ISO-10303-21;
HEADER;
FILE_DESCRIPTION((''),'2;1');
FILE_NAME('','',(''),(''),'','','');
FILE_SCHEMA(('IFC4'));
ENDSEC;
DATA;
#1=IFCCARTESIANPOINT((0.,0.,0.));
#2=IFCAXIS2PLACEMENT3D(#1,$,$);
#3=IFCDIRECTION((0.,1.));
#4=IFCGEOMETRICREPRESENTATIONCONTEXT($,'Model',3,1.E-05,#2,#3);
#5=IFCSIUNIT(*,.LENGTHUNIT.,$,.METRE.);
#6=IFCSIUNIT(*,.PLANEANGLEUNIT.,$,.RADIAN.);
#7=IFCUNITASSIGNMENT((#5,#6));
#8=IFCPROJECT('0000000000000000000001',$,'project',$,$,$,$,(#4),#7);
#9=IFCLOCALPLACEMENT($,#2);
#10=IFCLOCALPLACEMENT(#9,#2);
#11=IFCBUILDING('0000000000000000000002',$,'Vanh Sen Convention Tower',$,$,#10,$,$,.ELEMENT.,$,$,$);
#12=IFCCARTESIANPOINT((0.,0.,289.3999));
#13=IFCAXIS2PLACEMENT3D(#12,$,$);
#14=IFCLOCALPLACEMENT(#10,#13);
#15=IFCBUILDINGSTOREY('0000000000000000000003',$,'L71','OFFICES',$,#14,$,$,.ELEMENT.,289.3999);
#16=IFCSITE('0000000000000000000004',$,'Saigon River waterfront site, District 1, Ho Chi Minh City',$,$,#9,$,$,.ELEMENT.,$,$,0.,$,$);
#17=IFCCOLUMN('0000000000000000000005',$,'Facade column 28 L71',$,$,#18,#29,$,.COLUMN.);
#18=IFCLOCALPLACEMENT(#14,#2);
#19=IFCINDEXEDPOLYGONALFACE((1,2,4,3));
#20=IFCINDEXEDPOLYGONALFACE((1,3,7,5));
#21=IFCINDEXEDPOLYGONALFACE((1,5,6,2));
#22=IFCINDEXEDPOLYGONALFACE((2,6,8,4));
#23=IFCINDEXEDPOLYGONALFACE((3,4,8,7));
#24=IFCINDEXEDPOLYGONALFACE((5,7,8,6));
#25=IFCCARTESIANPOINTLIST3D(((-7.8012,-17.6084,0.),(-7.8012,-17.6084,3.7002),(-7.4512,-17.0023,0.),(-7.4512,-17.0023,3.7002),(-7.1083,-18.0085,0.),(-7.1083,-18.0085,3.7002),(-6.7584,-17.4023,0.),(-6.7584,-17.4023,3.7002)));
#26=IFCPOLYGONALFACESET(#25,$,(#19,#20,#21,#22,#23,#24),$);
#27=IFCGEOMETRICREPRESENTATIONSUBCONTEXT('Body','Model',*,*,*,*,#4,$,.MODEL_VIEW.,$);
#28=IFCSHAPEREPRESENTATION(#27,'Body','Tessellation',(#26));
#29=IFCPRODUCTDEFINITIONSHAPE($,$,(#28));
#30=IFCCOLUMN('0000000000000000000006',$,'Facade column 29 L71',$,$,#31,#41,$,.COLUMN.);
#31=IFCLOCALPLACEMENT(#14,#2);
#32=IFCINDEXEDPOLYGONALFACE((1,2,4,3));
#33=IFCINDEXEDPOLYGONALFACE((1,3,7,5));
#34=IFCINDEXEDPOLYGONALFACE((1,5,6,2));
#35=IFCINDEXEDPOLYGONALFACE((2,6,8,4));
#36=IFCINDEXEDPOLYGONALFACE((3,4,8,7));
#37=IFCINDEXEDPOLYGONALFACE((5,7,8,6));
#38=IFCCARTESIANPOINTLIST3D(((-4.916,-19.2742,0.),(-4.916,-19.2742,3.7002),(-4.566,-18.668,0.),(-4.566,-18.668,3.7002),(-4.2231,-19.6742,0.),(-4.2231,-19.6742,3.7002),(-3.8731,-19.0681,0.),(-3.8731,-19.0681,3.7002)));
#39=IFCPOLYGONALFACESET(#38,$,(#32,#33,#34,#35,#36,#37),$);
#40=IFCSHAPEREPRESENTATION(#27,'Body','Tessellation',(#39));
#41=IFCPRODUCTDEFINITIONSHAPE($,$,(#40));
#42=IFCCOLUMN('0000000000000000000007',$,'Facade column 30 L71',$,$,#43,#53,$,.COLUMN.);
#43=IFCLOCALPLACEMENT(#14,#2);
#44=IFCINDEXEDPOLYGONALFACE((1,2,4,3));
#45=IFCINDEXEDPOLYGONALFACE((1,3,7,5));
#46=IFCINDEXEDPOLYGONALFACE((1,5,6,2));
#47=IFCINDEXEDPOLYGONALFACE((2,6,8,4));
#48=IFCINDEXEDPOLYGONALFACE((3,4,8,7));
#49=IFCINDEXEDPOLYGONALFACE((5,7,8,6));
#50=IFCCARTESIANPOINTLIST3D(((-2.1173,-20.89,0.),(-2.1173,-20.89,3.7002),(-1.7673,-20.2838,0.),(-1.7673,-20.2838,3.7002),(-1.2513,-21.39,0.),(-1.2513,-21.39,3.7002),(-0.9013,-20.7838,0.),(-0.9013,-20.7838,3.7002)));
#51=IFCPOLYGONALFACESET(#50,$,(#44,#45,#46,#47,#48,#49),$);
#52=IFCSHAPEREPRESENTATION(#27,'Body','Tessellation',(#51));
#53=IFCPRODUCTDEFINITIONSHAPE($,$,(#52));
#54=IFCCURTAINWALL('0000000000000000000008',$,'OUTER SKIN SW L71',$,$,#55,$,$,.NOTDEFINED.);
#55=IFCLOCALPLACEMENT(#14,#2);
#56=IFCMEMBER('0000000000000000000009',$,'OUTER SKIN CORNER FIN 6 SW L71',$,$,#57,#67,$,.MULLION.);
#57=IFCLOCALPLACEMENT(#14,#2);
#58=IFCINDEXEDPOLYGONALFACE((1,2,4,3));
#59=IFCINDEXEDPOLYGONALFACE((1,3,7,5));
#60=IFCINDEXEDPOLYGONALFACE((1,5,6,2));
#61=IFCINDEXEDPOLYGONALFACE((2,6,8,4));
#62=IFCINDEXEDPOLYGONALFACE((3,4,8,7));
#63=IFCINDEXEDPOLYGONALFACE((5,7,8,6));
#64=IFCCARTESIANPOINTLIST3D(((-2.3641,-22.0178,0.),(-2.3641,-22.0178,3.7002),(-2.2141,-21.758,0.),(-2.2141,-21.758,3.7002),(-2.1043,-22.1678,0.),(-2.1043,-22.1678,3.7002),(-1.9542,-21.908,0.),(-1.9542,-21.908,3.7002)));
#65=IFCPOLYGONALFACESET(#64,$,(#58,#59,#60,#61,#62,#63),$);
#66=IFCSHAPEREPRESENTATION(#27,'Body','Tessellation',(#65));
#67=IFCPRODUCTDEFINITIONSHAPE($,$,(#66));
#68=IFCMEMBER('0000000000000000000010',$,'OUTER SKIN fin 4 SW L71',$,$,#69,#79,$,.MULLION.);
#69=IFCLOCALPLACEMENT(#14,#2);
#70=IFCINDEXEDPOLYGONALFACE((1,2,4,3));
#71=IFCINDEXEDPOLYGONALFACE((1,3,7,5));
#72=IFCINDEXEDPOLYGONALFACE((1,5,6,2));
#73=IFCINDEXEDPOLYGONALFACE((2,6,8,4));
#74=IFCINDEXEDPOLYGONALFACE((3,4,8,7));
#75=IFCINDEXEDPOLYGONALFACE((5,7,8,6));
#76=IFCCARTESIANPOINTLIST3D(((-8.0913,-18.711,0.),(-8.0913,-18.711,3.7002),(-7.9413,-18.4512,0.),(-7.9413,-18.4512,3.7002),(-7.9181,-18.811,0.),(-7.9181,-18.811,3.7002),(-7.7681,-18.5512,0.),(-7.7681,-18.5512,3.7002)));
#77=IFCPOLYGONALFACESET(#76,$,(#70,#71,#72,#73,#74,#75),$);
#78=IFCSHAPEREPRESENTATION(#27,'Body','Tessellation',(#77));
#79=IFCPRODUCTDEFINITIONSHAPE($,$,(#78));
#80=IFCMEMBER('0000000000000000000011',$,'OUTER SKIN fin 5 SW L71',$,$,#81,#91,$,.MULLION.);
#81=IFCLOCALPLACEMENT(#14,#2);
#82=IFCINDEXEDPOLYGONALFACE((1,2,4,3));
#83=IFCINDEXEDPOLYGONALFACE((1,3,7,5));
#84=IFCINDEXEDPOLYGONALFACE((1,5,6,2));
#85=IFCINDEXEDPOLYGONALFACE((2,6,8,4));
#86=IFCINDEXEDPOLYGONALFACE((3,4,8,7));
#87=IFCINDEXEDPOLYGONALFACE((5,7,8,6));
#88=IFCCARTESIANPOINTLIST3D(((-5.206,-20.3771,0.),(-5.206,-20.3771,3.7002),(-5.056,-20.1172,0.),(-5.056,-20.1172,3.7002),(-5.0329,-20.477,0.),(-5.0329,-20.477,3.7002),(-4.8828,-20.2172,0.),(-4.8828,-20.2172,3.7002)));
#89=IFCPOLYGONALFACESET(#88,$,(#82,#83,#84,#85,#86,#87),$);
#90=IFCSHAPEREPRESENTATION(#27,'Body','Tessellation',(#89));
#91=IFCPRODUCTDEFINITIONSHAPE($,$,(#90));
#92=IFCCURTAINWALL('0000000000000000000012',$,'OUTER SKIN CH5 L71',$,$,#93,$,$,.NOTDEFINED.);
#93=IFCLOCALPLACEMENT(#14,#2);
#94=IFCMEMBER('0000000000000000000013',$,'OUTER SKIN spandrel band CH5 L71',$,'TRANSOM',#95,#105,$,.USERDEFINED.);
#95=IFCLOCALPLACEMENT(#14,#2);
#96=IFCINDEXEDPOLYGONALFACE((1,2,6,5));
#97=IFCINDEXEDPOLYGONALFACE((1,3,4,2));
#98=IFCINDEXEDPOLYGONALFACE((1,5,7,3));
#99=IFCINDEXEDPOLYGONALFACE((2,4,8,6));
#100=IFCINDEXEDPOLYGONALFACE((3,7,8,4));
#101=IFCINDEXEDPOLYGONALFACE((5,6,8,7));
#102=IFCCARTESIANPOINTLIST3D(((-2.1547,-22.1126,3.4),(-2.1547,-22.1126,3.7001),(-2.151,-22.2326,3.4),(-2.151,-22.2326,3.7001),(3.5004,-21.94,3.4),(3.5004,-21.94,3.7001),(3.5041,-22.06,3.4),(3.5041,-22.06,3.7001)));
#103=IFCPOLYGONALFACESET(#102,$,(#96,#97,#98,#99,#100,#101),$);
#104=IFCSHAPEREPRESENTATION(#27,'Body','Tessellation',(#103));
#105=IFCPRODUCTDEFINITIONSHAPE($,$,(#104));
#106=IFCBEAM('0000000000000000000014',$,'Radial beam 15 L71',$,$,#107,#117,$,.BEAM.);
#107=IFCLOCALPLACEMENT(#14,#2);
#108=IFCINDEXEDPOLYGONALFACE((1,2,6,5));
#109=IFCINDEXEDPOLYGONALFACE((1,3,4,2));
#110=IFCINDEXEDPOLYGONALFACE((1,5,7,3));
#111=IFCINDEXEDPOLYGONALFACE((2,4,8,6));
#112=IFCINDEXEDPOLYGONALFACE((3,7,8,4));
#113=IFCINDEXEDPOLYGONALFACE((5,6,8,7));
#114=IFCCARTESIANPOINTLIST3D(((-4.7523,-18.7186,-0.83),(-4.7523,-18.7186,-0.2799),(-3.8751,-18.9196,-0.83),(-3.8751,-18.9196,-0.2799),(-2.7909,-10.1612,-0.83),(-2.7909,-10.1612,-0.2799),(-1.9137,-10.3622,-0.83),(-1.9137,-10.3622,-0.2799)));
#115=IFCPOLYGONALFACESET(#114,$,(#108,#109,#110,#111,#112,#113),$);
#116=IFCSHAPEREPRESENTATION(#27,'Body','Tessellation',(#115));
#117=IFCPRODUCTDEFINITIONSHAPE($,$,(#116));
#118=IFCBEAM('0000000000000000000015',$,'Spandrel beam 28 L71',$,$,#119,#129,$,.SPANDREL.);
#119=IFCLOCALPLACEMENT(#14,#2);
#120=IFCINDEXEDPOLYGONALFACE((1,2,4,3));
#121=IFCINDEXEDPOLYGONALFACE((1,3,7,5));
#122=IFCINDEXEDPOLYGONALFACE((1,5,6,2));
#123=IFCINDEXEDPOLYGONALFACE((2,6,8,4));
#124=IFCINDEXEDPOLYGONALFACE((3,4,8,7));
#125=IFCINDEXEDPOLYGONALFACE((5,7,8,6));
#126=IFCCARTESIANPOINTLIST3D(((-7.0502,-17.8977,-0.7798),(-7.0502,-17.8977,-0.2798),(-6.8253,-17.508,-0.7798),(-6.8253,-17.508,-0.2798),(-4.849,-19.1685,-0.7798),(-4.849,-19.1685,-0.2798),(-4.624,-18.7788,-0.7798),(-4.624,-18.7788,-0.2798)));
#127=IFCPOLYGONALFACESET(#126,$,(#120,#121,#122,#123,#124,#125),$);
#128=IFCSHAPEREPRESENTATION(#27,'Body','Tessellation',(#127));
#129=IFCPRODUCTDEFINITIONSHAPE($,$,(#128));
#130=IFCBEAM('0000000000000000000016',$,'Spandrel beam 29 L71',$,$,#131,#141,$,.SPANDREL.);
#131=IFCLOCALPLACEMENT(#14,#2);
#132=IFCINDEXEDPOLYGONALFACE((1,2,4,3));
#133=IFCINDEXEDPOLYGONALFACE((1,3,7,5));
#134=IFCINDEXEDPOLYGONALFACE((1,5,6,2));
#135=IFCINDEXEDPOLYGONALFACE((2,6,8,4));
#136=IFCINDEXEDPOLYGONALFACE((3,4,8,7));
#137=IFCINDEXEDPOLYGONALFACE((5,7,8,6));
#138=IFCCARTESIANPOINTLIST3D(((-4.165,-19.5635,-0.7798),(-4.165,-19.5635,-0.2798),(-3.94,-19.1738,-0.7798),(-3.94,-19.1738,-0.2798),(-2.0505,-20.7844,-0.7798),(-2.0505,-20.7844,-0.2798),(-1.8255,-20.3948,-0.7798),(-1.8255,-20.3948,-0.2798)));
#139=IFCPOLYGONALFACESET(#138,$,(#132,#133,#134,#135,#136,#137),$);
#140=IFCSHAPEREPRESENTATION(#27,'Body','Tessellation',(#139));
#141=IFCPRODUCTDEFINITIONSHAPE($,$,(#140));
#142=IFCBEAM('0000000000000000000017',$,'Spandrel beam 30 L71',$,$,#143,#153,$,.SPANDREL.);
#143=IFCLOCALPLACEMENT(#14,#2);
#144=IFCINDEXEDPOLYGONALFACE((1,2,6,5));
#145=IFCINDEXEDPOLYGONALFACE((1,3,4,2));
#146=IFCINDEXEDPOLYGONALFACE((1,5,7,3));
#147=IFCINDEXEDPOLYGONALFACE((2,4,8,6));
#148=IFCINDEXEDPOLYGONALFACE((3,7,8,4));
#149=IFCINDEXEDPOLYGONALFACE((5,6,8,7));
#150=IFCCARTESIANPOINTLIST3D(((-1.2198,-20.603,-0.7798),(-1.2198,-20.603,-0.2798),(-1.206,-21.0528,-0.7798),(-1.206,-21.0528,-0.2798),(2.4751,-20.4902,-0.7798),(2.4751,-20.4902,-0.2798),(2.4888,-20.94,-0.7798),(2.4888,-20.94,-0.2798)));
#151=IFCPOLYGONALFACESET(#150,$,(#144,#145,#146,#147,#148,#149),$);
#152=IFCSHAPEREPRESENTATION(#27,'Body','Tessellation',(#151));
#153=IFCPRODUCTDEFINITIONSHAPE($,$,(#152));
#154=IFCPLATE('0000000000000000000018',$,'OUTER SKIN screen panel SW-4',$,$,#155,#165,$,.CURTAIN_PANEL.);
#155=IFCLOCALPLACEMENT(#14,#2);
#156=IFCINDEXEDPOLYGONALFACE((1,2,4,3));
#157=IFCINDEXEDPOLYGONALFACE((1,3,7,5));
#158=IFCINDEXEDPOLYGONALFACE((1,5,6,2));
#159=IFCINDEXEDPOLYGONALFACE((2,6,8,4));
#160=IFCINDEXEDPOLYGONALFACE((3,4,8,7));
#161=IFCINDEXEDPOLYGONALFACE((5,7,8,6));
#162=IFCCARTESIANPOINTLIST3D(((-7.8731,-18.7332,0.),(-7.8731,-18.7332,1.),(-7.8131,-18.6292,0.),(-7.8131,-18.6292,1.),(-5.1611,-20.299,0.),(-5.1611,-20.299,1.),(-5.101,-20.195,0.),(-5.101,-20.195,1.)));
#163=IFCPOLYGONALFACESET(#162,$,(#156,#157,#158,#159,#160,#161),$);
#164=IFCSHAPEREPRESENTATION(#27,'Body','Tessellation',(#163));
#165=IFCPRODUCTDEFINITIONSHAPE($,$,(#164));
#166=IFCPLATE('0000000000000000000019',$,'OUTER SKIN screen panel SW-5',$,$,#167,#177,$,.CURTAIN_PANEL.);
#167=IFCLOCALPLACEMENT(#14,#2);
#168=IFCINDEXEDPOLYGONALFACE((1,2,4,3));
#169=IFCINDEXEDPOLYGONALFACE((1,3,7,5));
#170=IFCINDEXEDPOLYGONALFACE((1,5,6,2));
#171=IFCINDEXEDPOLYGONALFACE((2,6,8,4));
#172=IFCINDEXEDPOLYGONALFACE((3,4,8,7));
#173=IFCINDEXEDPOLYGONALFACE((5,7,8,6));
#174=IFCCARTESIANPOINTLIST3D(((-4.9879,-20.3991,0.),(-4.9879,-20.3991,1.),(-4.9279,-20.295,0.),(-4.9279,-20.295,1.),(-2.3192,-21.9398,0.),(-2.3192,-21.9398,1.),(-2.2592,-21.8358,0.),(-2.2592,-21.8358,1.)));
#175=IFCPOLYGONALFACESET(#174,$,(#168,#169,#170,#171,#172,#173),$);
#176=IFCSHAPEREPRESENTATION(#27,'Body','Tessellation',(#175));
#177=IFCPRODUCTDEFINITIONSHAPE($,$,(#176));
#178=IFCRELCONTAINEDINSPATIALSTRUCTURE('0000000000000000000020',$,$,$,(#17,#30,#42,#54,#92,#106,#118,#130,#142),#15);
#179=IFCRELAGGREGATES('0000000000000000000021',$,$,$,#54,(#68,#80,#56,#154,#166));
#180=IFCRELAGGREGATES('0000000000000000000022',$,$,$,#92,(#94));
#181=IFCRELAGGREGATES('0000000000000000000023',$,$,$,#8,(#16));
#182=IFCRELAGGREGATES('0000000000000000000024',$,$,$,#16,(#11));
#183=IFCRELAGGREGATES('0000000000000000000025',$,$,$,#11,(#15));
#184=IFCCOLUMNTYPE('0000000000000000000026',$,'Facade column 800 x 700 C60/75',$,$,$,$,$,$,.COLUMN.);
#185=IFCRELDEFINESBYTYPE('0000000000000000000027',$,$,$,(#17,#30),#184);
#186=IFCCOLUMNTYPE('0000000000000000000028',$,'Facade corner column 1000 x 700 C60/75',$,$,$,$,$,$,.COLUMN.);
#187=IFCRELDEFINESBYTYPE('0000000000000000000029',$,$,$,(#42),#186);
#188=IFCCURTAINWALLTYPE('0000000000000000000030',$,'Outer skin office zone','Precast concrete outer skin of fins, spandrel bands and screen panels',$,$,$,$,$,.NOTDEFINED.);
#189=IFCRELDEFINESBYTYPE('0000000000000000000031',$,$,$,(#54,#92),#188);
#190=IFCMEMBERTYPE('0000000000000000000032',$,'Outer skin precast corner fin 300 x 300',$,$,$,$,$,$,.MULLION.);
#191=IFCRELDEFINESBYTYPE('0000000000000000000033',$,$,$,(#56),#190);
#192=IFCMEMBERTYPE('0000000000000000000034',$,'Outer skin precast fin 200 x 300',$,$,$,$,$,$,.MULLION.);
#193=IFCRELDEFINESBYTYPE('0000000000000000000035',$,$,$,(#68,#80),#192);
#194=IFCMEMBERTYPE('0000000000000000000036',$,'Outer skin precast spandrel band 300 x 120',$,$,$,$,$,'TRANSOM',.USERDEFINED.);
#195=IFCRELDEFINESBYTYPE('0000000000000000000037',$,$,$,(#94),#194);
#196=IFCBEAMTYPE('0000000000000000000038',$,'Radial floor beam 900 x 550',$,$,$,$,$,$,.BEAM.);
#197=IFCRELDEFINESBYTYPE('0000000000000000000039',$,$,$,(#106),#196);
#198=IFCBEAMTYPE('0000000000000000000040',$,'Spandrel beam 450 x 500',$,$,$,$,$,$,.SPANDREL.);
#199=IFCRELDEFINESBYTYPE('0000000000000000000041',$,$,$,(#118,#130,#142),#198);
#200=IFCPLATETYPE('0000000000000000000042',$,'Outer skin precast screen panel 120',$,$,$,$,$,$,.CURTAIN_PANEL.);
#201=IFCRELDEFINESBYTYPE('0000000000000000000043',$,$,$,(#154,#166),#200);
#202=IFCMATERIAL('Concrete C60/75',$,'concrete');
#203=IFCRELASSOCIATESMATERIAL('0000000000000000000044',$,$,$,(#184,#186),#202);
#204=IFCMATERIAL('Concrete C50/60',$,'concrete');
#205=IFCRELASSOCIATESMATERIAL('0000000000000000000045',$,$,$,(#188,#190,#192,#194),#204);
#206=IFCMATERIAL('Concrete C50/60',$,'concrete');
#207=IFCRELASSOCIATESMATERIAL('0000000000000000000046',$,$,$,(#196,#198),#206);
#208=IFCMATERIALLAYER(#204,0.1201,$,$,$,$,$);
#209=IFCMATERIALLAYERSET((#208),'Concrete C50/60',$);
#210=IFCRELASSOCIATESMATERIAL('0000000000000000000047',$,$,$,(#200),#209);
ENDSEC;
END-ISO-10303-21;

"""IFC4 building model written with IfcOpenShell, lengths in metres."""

from ifc_helpers import new_model, si_unit, direction, frame, origin, origin_2d, place, context, subcontext, project, spatial, rectangle, extrude, material, layer, layer_set, material_profile, profile_set, type_object, element, aggregate, save


model = new_model("IFC4")

# Units and contexts
model_context = context("Model", 3, precision=1e-05, world=origin(), true_north=direction((0.0, 1.0)))
body_context = subcontext(model_context, "Body", "Model", "MODEL_VIEW")
ifc_project = project(units=[si_unit("LENGTHUNIT", "METRE"), si_unit("PLANEANGLEUNIT", "RADIAN")], contexts=[model_context])

# Site, building, storey
site_placement = place(None, origin())
site = spatial("IfcSite", under=ifc_project, at=site_placement, Name="Saigon River waterfront site, District 1, Ho Chi Minh City", CompositionType="ELEMENT", RefElevation=0.0)
building_placement = place(site_placement, origin())
building = spatial("IfcBuilding", under=site, at=building_placement, Name="Vanh Sen Convention Tower", CompositionType="ELEMENT")
storey_placement = place(building_placement, frame((0.0, 0.0, 289.3999)))
storey = spatial("IfcBuildingStorey", under=building, at=storey_placement, Name="L71", Description="OFFICES", CompositionType="ELEMENT", Elevation=289.3999)

# Columns
ifc_material_1 = material(Name="Concrete C60/75", Category="concrete")
ifc_material_profile_1 = material_profile(ifc_material_1, rectangle(XDim=0.8, YDim=0.7, at=origin_2d()), Name="RC 800X700")
ifc_profile_set_1 = profile_set([ifc_material_profile_1], Name="Concrete C60/75")
column_type_1 = type_object("IfcColumnType", Name="Facade column 800 x 700 C60/75", PredefinedType="COLUMN", material=ifc_profile_set_1)
for number, where, z_axis, x_axis, name in (
    (1, (-7.2798, -17.5054, 0.0), (0.0, 0.0, 1.0), (0.866025, -0.5, 0.0), "Facade column 28 L71"),
    (2, (-4.3945, -19.1711, 0.0), (0.0, 0.0, 1.0), (0.866025, -0.5, 0.0), "Facade column 29 L71"),
):
    element("IfcColumn", number, at=place(storey_placement, frame(where, z_axis=z_axis, x_axis=x_axis)), inside=storey, type_object=column_type_1, Name=name, PredefinedType="COLUMN", context=body_context, shape_type="SweptSolid", body=[
        extrude(rectangle(XDim=0.8, YDim=0.7, at=origin_2d()), origin(), (0.0, 0.0, 1.0), 3.7002),
    ])
ifc_material_profile_2 = material_profile(ifc_material_1, rectangle(XDim=1.0, YDim=0.7, at=origin_2d()), Name="RC 1000X700")
ifc_profile_set_2 = profile_set([ifc_material_profile_2], Name="Concrete C60/75")
column_type_2 = type_object("IfcColumnType", Name="Facade corner column 1000 x 700 C60/75", PredefinedType="COLUMN", material=ifc_profile_set_2)
column_placement = place(storey_placement, frame((-1.5093, -20.8369, 0.0), z_axis=(0.0, 0.0, 1.0), x_axis=(0.866025, -0.5, 0.0)))
element("IfcColumn", 3, at=column_placement, inside=storey, type_object=column_type_2, Name="Facade column 30 L71", PredefinedType="COLUMN", context=body_context, shape_type="SweptSolid", body=[
    extrude(rectangle(XDim=1.0, YDim=0.7, at=origin_2d()), origin(), (0.0, 0.0, 1.0), 3.7002),
])

# Curtain wall, members
ifc_material_2 = material(Name="Concrete C50/60", Category="concrete")
curtain_wall_type = type_object("IfcCurtainWallType", Name="Outer skin office zone", Description="Precast concrete outer skin of fins, spandrel bands and screen panels", PredefinedType="NOTDEFINED", material=ifc_material_2)
curtain_wall_1_placement = place(storey_placement, origin())
curtain_wall_1 = element("IfcCurtainWall", 4, at=curtain_wall_1_placement, inside=storey, type_object=curtain_wall_type, Name="OUTER SKIN SW L71", PredefinedType="NOTDEFINED")
ifc_material_profile_3 = material_profile(ifc_material_2, rectangle(XDim=0.3, YDim=0.3, at=origin_2d()), Name="Outer skin precast corner fin 300 x 300")
ifc_profile_set_3 = profile_set([ifc_material_profile_3], Name="Concrete C50/60")
member_type_1 = type_object("IfcMemberType", Name="Outer skin precast corner fin 300 x 300", PredefinedType="MULLION", material=ifc_profile_set_3)
member_1_placement = place(storey_placement, frame((-2.1592, -21.9629, 0.0), z_axis=(0.0, 0.0, 1.0), x_axis=(0.866025, -0.5, 0.0)))
member_1 = element("IfcMember", 5, at=member_1_placement, type_object=member_type_1, Name="OUTER SKIN CORNER FIN 6 SW L71", PredefinedType="MULLION", context=body_context, shape_type="SweptSolid", body=[
    extrude(rectangle(XDim=0.3, YDim=0.3, at=origin_2d()), origin(), (0.0, 0.0, 1.0), 3.7002),
])
ifc_material_profile_4 = material_profile(ifc_material_2, rectangle(XDim=0.2, YDim=0.3, at=origin_2d()), Name="Outer skin precast fin 200 x 300")
ifc_profile_set_4 = profile_set([ifc_material_profile_4], Name="Concrete C50/60")
member_type_2 = type_object("IfcMemberType", Name="Outer skin precast fin 200 x 300", PredefinedType="MULLION", material=ifc_profile_set_4)
member_2_placement = place(storey_placement, frame((-7.9297, -18.6311, 0.0), z_axis=(0.0, 0.0, 1.0), x_axis=(0.866025, -0.5, 0.0)))
member_2 = element("IfcMember", 6, at=member_2_placement, type_object=member_type_2, Name="OUTER SKIN fin 4 SW L71", PredefinedType="MULLION", context=body_context, shape_type="SweptSolid", body=[
    extrude(rectangle(XDim=0.2, YDim=0.3, at=origin_2d()), origin(), (0.0, 0.0, 1.0), 3.7002),
])
member_3_placement = place(storey_placement, frame((-5.0444, -20.2971, 0.0), z_axis=(0.0, 0.0, 1.0), x_axis=(0.866025, -0.5, 0.0)))
member_3 = element("IfcMember", 7, at=member_3_placement, type_object=member_type_2, Name="OUTER SKIN fin 5 SW L71", PredefinedType="MULLION", context=body_context, shape_type="SweptSolid", body=[
    extrude(rectangle(XDim=0.2, YDim=0.3, at=origin_2d()), origin(), (0.0, 0.0, 1.0), 3.7002),
])

# Curtain wall, member
curtain_wall_2_placement = place(storey_placement, origin())
curtain_wall_2 = element("IfcCurtainWall", 8, at=curtain_wall_2_placement, inside=storey, type_object=curtain_wall_type, Name="OUTER SKIN CH5 L71", PredefinedType="NOTDEFINED")
ifc_material_profile_5 = material_profile(ifc_material_2, rectangle(XDim=0.1201, YDim=0.3, at=origin_2d()), Name="Outer skin precast spandrel band 300 x 120")
ifc_profile_set_5 = profile_set([ifc_material_profile_5], Name="Concrete C50/60")
member_type_3 = type_object("IfcMemberType", Name="Outer skin precast spandrel band 300 x 120", ElementType="TRANSOM", PredefinedType="USERDEFINED", material=ifc_profile_set_5)
member_4_placement = place(storey_placement, frame((-2.1528, -22.1726, 3.55), z_axis=(0.999535, 0.030509, 0.0), x_axis=(-0.030509, 0.999535, 0.0)))
member_4 = element("IfcMember", 9, at=member_4_placement, type_object=member_type_3, Name="OUTER SKIN spandrel band CH5 L71", ObjectType="TRANSOM", PredefinedType="USERDEFINED", context=body_context, shape_type="SweptSolid", body=[
    extrude(rectangle(XDim=0.1201, YDim=0.3, at=origin_2d()), origin(), (0.0, 0.0, 1.0), 5.6577),
])

# Beams
ifc_material_3 = material(Name="Concrete C50/60", Category="concrete")
ifc_material_profile_6 = material_profile(ifc_material_3, rectangle(XDim=0.8999, YDim=0.55, at=origin_2d()), Name="RC 900X550")
ifc_profile_set_6 = profile_set([ifc_material_profile_6], Name="Concrete C50/60")
beam_type_1 = type_object("IfcBeamType", Name="Radial floor beam 900 x 550", PredefinedType="BEAM", material=ifc_profile_set_6)
beam_1_placement = place(storey_placement, frame((-4.3137, -18.8191, -0.5549), z_axis=(0.223415, 0.974723, 0.0), x_axis=(-0.974723, 0.223415, 0.0)))
element("IfcBeam", 10, at=beam_1_placement, inside=storey, type_object=beam_type_1, Name="Radial beam 15 L71", PredefinedType="BEAM", context=body_context, shape_type="SweptSolid", body=[
    extrude(rectangle(XDim=0.8999, YDim=0.55, at=origin_2d()), origin(), (0.0, 0.0, 1.0), 8.7793),
])
ifc_material_profile_7 = material_profile(ifc_material_3, rectangle(XDim=0.45, YDim=0.5, at=origin_2d()), Name="RC 450X500")
ifc_profile_set_7 = profile_set([ifc_material_profile_7], Name="Concrete C50/60")
beam_type_2 = type_object("IfcBeamType", Name="Spandrel beam 450 x 500", PredefinedType="SPANDREL", material=ifc_profile_set_7)
beam_2_placement = place(storey_placement, frame((-6.9377, -17.7029, -0.5298), z_axis=(0.866042, -0.499972, 0.0), x_axis=(0.499972, 0.866042, 0.0)))
element("IfcBeam", 11, at=beam_2_placement, inside=storey, type_object=beam_type_2, Name="Spandrel beam 28 L71", PredefinedType="SPANDREL", context=body_context, shape_type="SweptSolid", body=[
    extrude(rectangle(XDim=0.45, YDim=0.5, at=origin_2d()), origin(), (0.0, 0.0, 1.0), 2.5417),
])
beam_3_placement = place(storey_placement, frame((-4.0525, -19.3687, -0.5298), z_axis=(0.866001, -0.500043, 0.0), x_axis=(0.500043, 0.866001, 0.0)))
element("IfcBeam", 12, at=beam_3_placement, inside=storey, type_object=beam_type_2, Name="Spandrel beam 29 L71", PredefinedType="SPANDREL", context=body_context, shape_type="SweptSolid", body=[
    extrude(rectangle(XDim=0.45, YDim=0.5, at=origin_2d()), origin(), (0.0, 0.0, 1.0), 2.4417),
])
beam_4_placement = place(storey_placement, frame((-1.2129, -20.8279, -0.5298), z_axis=(0.999534, 0.030513, 0.0), x_axis=(-0.030513, 0.999534, 0.0)))
element("IfcBeam", 13, at=beam_4_placement, inside=storey, type_object=beam_type_2, Name="Spandrel beam 30 L71", PredefinedType="SPANDREL", context=body_context, shape_type="SweptSolid", body=[
    extrude(rectangle(XDim=0.45, YDim=0.5, at=origin_2d()), origin(), (0.0, 0.0, 1.0), 3.6965),
])

# Plates
ifc_layer_1 = layer(ifc_material_2, 0.1201)
ifc_layer_set_1 = layer_set([ifc_layer_1], Name="Concrete C50/60")
plate_type = type_object("IfcPlateType", Name="Outer skin precast screen panel 120", PredefinedType="CURTAIN_PANEL", material=ifc_layer_set_1)
plate_1_placement = place(storey_placement, frame((-6.4871, -19.4641, 0.0), z_axis=(0.0, 0.0, 1.0), x_axis=(0.866029, -0.499994, 0.0)))
plate_1 = element("IfcPlate", 14, at=plate_1_placement, type_object=plate_type, Name="OUTER SKIN screen panel SW-4", PredefinedType="CURTAIN_PANEL", context=body_context, shape_type="SweptSolid", body=[
    extrude(rectangle(XDim=3.1316, YDim=0.1201, at=origin_2d()), origin(), (0.0, 0.0, 1.0), 1.0),
])
plate_2_placement = place(storey_placement, frame((-3.6235, -21.1174, 0.0), z_axis=(0.0, 0.0, 1.0), x_axis=(0.866029, -0.499994, 0.0)))
plate_2 = element("IfcPlate", 15, at=plate_2_placement, type_object=plate_type, Name="OUTER SKIN screen panel SW-5", PredefinedType="CURTAIN_PANEL", context=body_context, shape_type="SweptSolid", body=[
    extrude(rectangle(XDim=3.0815, YDim=0.1201, at=origin_2d()), origin(), (0.0, 0.0, 1.0), 1.0),
])
aggregate(curtain_wall_1, [member_2, member_3, member_1, plate_1, plate_2])
aggregate(curtain_wall_2, [member_4])

save(model, "model.ifc")
